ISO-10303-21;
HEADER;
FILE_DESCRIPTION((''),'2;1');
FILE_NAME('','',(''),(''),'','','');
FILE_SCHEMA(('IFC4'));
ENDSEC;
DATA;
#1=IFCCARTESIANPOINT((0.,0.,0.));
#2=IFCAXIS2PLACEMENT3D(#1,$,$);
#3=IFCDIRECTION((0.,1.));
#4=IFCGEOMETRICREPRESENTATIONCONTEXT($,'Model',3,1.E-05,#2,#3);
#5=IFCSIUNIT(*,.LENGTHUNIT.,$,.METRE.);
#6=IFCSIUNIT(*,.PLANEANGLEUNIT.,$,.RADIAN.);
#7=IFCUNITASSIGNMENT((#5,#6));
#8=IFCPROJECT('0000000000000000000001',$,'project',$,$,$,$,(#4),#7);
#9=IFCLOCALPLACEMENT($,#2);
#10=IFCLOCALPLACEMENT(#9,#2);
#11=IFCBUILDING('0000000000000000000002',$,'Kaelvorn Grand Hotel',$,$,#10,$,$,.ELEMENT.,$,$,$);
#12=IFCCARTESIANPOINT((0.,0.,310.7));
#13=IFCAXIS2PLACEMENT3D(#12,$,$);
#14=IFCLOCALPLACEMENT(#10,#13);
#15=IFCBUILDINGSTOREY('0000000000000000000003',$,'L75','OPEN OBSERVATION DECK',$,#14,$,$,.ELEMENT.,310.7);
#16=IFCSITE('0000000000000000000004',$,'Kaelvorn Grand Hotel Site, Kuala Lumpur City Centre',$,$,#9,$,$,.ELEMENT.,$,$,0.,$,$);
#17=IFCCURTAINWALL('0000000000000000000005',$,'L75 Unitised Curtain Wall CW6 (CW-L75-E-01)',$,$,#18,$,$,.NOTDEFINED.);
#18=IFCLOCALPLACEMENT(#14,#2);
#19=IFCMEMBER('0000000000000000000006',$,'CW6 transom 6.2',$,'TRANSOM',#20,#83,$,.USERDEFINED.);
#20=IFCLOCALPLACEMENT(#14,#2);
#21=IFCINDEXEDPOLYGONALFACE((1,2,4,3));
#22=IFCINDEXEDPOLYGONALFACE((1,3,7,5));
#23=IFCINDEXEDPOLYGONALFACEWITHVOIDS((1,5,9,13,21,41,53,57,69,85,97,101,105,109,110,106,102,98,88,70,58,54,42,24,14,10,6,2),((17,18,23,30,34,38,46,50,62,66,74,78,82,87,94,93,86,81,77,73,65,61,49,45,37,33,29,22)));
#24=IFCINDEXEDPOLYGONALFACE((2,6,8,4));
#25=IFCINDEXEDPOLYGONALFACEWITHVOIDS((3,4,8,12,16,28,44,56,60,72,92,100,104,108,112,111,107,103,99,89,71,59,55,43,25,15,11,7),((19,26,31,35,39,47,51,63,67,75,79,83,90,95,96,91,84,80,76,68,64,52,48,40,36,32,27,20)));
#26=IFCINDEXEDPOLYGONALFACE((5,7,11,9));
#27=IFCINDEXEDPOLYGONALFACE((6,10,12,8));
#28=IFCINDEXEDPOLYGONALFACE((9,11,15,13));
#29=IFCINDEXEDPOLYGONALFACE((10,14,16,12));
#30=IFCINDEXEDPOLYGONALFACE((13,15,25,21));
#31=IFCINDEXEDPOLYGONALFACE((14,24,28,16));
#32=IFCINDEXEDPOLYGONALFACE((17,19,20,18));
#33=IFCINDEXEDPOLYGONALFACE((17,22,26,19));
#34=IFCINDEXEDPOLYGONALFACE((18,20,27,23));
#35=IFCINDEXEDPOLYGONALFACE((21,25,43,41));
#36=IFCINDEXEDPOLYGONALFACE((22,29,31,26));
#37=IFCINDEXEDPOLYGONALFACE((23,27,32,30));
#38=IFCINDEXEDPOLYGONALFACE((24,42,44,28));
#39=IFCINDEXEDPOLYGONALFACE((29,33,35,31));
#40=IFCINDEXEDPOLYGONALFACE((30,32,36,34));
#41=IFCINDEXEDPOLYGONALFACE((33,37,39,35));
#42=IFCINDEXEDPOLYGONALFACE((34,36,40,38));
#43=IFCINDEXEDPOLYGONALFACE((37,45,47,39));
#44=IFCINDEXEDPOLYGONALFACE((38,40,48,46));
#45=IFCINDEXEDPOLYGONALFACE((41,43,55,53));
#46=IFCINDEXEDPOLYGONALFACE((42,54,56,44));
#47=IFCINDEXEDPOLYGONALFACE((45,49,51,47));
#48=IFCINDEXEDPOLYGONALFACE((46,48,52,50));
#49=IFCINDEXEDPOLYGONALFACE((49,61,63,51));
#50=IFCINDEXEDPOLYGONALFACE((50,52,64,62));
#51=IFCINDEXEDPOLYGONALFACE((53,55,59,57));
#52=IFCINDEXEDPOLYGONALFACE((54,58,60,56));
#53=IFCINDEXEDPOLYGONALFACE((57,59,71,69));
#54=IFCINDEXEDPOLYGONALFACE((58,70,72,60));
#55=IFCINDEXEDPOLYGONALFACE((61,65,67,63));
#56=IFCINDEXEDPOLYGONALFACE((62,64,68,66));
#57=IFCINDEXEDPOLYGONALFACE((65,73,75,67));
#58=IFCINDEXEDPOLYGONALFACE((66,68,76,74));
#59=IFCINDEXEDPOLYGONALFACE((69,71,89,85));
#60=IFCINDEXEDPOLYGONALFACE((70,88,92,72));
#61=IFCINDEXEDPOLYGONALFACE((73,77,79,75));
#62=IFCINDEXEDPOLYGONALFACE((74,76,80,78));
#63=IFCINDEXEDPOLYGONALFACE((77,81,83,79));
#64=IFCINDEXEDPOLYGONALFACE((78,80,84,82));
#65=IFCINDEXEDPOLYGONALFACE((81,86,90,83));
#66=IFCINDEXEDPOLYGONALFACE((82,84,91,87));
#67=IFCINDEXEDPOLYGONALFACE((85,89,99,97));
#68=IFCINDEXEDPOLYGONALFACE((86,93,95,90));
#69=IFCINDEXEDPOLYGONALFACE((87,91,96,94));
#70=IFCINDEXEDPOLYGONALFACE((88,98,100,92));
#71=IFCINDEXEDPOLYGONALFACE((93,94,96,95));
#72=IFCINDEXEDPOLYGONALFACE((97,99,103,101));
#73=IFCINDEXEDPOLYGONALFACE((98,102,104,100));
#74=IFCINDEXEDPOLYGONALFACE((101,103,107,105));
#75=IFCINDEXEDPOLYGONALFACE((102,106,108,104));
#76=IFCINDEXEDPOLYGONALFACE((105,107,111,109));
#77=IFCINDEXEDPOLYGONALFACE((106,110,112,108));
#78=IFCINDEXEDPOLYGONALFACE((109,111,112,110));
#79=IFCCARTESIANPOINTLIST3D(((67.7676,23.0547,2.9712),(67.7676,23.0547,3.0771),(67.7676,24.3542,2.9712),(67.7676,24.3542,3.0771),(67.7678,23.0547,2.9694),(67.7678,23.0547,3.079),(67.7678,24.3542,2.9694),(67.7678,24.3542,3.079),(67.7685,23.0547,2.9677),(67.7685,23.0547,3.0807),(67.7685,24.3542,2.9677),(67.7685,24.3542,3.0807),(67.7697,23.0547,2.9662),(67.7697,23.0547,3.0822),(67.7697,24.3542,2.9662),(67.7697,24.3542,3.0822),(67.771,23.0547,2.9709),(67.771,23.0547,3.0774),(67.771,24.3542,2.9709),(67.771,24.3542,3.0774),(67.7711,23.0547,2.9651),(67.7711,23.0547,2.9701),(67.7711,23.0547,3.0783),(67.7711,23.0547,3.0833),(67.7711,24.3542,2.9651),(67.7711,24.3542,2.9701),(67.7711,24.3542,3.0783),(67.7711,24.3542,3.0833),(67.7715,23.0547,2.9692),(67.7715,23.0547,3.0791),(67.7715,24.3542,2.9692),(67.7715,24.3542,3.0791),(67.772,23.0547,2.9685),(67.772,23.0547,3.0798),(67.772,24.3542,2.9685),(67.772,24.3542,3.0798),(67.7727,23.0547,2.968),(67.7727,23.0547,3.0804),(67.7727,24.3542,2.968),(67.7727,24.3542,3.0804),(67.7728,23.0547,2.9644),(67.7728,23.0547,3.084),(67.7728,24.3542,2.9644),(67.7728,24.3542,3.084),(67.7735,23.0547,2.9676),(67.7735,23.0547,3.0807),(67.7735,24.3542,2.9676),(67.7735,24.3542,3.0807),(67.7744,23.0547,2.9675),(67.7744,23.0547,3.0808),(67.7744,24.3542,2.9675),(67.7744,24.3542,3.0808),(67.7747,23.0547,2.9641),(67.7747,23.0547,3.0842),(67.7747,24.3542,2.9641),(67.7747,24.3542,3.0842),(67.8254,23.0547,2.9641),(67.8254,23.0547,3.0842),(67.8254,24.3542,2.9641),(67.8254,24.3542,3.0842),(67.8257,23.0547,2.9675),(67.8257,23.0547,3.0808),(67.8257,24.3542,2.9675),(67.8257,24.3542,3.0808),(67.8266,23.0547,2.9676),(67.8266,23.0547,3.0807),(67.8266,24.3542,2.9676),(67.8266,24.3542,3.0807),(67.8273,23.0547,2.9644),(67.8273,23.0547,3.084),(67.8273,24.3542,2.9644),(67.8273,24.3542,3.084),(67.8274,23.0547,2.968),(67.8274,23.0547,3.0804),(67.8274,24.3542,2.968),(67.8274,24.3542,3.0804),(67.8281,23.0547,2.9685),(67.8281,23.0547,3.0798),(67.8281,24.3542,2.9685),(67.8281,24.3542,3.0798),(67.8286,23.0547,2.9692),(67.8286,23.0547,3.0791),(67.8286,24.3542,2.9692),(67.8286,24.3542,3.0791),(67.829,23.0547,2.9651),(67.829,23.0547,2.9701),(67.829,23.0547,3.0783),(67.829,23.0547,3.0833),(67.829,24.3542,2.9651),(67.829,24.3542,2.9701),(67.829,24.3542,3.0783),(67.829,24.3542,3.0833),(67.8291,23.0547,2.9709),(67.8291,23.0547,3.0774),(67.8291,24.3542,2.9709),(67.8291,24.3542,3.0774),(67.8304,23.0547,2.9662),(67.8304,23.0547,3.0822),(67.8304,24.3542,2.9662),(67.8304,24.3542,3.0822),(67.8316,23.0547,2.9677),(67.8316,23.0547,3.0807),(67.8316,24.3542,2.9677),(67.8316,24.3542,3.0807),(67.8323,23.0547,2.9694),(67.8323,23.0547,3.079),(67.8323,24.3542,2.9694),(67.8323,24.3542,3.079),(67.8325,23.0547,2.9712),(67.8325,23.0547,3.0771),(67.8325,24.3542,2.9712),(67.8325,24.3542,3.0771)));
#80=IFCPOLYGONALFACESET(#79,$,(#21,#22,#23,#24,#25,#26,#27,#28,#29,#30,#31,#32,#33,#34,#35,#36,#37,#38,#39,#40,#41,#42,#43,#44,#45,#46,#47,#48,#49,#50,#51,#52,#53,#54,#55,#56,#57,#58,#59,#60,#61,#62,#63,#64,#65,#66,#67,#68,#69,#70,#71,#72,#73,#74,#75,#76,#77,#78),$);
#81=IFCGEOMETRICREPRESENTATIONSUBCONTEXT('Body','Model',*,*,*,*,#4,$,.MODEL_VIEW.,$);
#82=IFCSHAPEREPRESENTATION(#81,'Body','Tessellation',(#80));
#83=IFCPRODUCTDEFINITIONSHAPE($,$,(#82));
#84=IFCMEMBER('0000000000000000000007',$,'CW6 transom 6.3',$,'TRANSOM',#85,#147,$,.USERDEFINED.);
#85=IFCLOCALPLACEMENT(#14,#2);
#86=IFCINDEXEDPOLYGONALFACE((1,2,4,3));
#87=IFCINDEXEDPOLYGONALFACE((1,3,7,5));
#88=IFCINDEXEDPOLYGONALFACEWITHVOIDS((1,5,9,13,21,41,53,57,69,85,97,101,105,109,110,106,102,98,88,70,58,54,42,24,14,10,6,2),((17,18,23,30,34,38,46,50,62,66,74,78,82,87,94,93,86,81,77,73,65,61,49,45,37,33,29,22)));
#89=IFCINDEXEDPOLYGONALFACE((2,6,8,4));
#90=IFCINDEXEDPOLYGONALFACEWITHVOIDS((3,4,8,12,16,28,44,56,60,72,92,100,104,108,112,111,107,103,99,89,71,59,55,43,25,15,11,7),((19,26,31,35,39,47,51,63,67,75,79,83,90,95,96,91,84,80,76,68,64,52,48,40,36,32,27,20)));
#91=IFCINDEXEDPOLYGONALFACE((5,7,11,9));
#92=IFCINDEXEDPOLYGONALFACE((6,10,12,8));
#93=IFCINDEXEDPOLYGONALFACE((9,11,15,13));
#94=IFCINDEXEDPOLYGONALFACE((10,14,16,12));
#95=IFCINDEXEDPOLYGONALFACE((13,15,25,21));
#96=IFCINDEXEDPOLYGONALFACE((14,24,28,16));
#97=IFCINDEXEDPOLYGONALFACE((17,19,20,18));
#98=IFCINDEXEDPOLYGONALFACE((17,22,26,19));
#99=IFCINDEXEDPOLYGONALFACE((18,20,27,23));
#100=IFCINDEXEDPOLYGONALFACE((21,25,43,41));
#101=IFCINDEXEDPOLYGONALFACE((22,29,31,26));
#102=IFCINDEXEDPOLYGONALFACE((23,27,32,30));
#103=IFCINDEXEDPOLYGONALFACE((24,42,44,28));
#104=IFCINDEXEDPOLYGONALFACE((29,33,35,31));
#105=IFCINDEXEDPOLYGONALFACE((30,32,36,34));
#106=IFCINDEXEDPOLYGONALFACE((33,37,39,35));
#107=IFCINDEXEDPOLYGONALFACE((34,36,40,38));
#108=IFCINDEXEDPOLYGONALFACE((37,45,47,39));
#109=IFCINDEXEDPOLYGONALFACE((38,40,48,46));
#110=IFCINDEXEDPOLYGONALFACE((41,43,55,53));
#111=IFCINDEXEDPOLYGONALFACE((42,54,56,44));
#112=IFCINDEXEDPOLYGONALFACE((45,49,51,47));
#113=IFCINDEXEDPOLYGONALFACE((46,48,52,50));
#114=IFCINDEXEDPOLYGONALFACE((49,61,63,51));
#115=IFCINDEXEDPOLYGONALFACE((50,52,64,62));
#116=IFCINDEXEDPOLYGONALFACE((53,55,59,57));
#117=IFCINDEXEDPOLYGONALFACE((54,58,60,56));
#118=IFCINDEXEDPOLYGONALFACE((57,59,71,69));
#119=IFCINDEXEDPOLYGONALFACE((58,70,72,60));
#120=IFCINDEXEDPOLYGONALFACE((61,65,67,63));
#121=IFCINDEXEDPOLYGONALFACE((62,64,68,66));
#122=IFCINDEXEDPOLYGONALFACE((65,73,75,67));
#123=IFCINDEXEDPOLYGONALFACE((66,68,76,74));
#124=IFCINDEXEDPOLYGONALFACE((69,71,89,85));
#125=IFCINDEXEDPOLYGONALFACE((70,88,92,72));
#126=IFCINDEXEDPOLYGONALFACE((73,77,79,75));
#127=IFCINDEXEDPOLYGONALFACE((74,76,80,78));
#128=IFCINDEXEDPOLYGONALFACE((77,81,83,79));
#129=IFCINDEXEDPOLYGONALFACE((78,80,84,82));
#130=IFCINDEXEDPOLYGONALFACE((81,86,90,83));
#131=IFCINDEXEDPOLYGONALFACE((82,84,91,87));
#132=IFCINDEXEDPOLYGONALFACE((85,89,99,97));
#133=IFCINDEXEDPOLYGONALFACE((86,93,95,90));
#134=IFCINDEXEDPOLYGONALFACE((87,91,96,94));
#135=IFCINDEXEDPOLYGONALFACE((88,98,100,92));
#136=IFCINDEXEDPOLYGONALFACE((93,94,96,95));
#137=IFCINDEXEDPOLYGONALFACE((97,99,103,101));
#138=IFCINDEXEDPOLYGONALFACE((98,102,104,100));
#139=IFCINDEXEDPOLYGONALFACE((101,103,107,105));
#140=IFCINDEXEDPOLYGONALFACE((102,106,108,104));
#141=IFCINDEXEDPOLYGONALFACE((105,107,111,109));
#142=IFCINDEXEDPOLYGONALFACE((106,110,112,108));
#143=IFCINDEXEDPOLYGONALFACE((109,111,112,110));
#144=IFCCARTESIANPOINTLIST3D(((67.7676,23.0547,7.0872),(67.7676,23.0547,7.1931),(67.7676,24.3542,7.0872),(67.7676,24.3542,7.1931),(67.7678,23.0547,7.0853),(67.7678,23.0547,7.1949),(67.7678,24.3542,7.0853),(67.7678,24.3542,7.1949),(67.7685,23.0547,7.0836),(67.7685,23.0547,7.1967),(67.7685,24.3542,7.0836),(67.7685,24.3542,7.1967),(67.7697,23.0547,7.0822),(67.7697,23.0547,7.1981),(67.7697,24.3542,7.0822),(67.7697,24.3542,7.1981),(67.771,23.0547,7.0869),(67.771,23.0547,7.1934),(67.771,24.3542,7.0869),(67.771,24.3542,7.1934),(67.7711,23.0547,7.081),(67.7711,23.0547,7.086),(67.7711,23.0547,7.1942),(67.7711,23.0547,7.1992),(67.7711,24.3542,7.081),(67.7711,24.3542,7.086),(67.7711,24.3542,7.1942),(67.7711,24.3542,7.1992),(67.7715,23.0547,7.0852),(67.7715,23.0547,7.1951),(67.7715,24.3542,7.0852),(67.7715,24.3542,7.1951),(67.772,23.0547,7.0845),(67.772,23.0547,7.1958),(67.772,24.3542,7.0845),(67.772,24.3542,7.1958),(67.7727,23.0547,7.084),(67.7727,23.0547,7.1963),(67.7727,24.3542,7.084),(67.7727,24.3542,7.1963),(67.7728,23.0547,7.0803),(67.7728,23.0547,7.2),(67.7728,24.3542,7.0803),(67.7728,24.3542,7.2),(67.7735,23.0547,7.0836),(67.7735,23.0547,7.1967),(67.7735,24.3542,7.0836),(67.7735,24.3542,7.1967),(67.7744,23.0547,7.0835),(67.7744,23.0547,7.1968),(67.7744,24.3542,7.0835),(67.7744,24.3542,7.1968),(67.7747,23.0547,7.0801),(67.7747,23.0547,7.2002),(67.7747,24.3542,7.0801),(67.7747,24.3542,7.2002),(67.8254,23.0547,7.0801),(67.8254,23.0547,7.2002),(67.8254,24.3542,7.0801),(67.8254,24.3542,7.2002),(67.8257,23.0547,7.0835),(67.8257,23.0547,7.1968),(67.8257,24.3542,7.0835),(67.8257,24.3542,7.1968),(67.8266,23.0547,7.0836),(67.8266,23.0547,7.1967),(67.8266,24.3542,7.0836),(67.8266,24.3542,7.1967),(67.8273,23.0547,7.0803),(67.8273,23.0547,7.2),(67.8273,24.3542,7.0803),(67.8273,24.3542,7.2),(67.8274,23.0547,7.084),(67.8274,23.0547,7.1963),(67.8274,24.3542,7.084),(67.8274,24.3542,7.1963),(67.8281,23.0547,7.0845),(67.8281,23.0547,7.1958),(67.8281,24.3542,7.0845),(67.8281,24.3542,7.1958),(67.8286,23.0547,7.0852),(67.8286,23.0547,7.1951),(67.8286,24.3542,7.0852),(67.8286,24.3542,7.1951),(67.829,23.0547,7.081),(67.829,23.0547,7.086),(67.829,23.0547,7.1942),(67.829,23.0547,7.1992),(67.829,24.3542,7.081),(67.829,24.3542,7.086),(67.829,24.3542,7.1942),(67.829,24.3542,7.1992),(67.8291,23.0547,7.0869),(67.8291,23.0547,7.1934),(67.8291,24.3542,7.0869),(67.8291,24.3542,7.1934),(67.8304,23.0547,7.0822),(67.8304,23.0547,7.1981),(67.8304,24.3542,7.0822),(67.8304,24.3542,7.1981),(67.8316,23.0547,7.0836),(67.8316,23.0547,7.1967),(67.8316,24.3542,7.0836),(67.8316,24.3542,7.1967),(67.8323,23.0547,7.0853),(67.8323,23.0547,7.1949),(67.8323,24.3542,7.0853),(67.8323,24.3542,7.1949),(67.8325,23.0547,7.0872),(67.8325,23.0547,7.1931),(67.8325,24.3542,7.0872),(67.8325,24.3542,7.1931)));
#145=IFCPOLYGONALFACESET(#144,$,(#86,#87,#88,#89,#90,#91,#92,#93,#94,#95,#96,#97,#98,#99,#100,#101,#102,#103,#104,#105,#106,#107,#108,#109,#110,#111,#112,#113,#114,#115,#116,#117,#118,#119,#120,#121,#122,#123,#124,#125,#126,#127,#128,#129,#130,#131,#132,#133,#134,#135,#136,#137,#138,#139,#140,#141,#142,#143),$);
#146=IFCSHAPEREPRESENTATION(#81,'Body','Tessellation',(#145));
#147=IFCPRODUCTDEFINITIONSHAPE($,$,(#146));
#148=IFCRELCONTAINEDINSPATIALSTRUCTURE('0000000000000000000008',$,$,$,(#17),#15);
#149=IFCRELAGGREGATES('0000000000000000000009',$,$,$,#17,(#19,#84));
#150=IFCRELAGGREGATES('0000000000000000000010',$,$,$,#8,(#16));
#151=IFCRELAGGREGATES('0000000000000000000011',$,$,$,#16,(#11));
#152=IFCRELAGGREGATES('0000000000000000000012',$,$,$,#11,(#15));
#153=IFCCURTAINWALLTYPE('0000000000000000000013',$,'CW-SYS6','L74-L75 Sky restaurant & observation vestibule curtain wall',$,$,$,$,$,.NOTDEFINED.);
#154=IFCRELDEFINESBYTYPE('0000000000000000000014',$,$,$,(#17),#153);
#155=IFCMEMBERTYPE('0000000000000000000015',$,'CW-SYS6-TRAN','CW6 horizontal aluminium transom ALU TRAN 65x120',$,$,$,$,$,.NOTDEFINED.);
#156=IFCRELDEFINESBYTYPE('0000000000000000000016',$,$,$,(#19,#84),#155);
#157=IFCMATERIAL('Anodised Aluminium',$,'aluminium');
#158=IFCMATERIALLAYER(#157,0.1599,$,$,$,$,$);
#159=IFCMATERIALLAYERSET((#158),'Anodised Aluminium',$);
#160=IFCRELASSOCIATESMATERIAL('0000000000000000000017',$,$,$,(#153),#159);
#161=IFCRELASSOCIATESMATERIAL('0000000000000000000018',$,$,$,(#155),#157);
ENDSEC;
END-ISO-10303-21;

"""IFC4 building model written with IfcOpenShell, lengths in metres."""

from ifc_helpers import new_model, si_unit, direction, frame, origin, origin_2d, place, context, subcontext, project, spatial, hollow_rectangle, extrude, material, layer, layer_set, material_profile, profile_set, type_object, element, aggregate, save


model = new_model("IFC4")

# Units and contexts
model_context = context("Model", 3, precision=1e-05, world=origin(), true_north=direction((0.0, 1.0)))
body_context = subcontext(model_context, "Body", "Model", "MODEL_VIEW")
ifc_project = project(units=[si_unit("LENGTHUNIT", "METRE"), si_unit("PLANEANGLEUNIT", "RADIAN")], contexts=[model_context])

# Site, building, storey
site_placement = place(None, origin())
site = spatial("IfcSite", under=ifc_project, at=site_placement, Name="Kaelvorn Grand Hotel Site, Kuala Lumpur City Centre", CompositionType="ELEMENT", RefElevation=0.0)
building_placement = place(site_placement, origin())
building = spatial("IfcBuilding", under=site, at=building_placement, Name="Kaelvorn Grand Hotel", CompositionType="ELEMENT")
storey_placement = place(building_placement, frame((0.0, 0.0, 310.7)))
storey = spatial("IfcBuildingStorey", under=building, at=storey_placement, Name="L75", Description="OPEN OBSERVATION DECK", CompositionType="ELEMENT", Elevation=310.7)

# Curtain wall, members
ifc_material_1 = material(Name="Anodised Aluminium", Category="aluminium")
ifc_layer_1 = layer(ifc_material_1, 0.1599)
ifc_layer_set_1 = layer_set([ifc_layer_1], Name="Anodised Aluminium")
curtain_wall_type = type_object("IfcCurtainWallType", Name="CW-SYS6", Description="L74-L75 Sky restaurant & observation vestibule curtain wall", PredefinedType="NOTDEFINED", material=ifc_layer_set_1)
curtain_wall_placement = place(storey_placement, origin())
curtain_wall = element("IfcCurtainWall", 1, at=curtain_wall_placement, inside=storey, type_object=curtain_wall_type, Name="L75 Unitised Curtain Wall CW6 (CW-L75-E-01)", PredefinedType="NOTDEFINED")
ifc_material_profile_1 = material_profile(ifc_material_1, hollow_rectangle(XDim=0.0649, YDim=0.1201, WallThickness=0.0034, InnerFilletRadius=0.0034, OuterFilletRadius=0.0071, at=origin_2d()), Name="ALU TRAN 65x120")
ifc_profile_set_1 = profile_set([ifc_material_profile_1], Name="Anodised Aluminium")
member_type_1 = type_object("IfcMemberType", Name="CW-SYS6-TRAN", Description="CW6 horizontal aluminium transom ALU TRAN 65x120", PredefinedType="NOTDEFINED", material=ifc_profile_set_1)
member_1_placement = place(storey_placement, frame((67.8, 23.0547, 3.0242), z_axis=(0.0, 1.0, 0.0), x_axis=(-1.0, 0.0, 0.0)))
member_1 = element("IfcMember", 2, at=member_1_placement, type_object=member_type_1, Name="CW6 transom 6.2", ObjectType="TRANSOM", PredefinedType="USERDEFINED", context=body_context, shape_type="SweptSolid", body=[
    extrude(hollow_rectangle(XDim=0.0649, YDim=0.1201, WallThickness=0.0034, InnerFilletRadius=0.0034, OuterFilletRadius=0.0071, at=origin_2d()), origin(), (0.0, 0.0, 1.0), 1.2996),
])
member_2_placement = place(storey_placement, frame((67.8, 23.0547, 7.1401), z_axis=(0.0, 1.0, 0.0), x_axis=(-1.0, 0.0, 0.0)))
member_2 = element("IfcMember", 3, at=member_2_placement, type_object=member_type_1, Name="CW6 transom 6.3", ObjectType="TRANSOM", PredefinedType="USERDEFINED", context=body_context, shape_type="SweptSolid", body=[
    extrude(hollow_rectangle(XDim=0.0649, YDim=0.1201, WallThickness=0.0034, InnerFilletRadius=0.0034, OuterFilletRadius=0.0071, at=origin_2d()), origin(), (0.0, 0.0, 1.0), 1.2996),
])
aggregate(curtain_wall, [member_1, member_2])

save(model, "model.ifc")
